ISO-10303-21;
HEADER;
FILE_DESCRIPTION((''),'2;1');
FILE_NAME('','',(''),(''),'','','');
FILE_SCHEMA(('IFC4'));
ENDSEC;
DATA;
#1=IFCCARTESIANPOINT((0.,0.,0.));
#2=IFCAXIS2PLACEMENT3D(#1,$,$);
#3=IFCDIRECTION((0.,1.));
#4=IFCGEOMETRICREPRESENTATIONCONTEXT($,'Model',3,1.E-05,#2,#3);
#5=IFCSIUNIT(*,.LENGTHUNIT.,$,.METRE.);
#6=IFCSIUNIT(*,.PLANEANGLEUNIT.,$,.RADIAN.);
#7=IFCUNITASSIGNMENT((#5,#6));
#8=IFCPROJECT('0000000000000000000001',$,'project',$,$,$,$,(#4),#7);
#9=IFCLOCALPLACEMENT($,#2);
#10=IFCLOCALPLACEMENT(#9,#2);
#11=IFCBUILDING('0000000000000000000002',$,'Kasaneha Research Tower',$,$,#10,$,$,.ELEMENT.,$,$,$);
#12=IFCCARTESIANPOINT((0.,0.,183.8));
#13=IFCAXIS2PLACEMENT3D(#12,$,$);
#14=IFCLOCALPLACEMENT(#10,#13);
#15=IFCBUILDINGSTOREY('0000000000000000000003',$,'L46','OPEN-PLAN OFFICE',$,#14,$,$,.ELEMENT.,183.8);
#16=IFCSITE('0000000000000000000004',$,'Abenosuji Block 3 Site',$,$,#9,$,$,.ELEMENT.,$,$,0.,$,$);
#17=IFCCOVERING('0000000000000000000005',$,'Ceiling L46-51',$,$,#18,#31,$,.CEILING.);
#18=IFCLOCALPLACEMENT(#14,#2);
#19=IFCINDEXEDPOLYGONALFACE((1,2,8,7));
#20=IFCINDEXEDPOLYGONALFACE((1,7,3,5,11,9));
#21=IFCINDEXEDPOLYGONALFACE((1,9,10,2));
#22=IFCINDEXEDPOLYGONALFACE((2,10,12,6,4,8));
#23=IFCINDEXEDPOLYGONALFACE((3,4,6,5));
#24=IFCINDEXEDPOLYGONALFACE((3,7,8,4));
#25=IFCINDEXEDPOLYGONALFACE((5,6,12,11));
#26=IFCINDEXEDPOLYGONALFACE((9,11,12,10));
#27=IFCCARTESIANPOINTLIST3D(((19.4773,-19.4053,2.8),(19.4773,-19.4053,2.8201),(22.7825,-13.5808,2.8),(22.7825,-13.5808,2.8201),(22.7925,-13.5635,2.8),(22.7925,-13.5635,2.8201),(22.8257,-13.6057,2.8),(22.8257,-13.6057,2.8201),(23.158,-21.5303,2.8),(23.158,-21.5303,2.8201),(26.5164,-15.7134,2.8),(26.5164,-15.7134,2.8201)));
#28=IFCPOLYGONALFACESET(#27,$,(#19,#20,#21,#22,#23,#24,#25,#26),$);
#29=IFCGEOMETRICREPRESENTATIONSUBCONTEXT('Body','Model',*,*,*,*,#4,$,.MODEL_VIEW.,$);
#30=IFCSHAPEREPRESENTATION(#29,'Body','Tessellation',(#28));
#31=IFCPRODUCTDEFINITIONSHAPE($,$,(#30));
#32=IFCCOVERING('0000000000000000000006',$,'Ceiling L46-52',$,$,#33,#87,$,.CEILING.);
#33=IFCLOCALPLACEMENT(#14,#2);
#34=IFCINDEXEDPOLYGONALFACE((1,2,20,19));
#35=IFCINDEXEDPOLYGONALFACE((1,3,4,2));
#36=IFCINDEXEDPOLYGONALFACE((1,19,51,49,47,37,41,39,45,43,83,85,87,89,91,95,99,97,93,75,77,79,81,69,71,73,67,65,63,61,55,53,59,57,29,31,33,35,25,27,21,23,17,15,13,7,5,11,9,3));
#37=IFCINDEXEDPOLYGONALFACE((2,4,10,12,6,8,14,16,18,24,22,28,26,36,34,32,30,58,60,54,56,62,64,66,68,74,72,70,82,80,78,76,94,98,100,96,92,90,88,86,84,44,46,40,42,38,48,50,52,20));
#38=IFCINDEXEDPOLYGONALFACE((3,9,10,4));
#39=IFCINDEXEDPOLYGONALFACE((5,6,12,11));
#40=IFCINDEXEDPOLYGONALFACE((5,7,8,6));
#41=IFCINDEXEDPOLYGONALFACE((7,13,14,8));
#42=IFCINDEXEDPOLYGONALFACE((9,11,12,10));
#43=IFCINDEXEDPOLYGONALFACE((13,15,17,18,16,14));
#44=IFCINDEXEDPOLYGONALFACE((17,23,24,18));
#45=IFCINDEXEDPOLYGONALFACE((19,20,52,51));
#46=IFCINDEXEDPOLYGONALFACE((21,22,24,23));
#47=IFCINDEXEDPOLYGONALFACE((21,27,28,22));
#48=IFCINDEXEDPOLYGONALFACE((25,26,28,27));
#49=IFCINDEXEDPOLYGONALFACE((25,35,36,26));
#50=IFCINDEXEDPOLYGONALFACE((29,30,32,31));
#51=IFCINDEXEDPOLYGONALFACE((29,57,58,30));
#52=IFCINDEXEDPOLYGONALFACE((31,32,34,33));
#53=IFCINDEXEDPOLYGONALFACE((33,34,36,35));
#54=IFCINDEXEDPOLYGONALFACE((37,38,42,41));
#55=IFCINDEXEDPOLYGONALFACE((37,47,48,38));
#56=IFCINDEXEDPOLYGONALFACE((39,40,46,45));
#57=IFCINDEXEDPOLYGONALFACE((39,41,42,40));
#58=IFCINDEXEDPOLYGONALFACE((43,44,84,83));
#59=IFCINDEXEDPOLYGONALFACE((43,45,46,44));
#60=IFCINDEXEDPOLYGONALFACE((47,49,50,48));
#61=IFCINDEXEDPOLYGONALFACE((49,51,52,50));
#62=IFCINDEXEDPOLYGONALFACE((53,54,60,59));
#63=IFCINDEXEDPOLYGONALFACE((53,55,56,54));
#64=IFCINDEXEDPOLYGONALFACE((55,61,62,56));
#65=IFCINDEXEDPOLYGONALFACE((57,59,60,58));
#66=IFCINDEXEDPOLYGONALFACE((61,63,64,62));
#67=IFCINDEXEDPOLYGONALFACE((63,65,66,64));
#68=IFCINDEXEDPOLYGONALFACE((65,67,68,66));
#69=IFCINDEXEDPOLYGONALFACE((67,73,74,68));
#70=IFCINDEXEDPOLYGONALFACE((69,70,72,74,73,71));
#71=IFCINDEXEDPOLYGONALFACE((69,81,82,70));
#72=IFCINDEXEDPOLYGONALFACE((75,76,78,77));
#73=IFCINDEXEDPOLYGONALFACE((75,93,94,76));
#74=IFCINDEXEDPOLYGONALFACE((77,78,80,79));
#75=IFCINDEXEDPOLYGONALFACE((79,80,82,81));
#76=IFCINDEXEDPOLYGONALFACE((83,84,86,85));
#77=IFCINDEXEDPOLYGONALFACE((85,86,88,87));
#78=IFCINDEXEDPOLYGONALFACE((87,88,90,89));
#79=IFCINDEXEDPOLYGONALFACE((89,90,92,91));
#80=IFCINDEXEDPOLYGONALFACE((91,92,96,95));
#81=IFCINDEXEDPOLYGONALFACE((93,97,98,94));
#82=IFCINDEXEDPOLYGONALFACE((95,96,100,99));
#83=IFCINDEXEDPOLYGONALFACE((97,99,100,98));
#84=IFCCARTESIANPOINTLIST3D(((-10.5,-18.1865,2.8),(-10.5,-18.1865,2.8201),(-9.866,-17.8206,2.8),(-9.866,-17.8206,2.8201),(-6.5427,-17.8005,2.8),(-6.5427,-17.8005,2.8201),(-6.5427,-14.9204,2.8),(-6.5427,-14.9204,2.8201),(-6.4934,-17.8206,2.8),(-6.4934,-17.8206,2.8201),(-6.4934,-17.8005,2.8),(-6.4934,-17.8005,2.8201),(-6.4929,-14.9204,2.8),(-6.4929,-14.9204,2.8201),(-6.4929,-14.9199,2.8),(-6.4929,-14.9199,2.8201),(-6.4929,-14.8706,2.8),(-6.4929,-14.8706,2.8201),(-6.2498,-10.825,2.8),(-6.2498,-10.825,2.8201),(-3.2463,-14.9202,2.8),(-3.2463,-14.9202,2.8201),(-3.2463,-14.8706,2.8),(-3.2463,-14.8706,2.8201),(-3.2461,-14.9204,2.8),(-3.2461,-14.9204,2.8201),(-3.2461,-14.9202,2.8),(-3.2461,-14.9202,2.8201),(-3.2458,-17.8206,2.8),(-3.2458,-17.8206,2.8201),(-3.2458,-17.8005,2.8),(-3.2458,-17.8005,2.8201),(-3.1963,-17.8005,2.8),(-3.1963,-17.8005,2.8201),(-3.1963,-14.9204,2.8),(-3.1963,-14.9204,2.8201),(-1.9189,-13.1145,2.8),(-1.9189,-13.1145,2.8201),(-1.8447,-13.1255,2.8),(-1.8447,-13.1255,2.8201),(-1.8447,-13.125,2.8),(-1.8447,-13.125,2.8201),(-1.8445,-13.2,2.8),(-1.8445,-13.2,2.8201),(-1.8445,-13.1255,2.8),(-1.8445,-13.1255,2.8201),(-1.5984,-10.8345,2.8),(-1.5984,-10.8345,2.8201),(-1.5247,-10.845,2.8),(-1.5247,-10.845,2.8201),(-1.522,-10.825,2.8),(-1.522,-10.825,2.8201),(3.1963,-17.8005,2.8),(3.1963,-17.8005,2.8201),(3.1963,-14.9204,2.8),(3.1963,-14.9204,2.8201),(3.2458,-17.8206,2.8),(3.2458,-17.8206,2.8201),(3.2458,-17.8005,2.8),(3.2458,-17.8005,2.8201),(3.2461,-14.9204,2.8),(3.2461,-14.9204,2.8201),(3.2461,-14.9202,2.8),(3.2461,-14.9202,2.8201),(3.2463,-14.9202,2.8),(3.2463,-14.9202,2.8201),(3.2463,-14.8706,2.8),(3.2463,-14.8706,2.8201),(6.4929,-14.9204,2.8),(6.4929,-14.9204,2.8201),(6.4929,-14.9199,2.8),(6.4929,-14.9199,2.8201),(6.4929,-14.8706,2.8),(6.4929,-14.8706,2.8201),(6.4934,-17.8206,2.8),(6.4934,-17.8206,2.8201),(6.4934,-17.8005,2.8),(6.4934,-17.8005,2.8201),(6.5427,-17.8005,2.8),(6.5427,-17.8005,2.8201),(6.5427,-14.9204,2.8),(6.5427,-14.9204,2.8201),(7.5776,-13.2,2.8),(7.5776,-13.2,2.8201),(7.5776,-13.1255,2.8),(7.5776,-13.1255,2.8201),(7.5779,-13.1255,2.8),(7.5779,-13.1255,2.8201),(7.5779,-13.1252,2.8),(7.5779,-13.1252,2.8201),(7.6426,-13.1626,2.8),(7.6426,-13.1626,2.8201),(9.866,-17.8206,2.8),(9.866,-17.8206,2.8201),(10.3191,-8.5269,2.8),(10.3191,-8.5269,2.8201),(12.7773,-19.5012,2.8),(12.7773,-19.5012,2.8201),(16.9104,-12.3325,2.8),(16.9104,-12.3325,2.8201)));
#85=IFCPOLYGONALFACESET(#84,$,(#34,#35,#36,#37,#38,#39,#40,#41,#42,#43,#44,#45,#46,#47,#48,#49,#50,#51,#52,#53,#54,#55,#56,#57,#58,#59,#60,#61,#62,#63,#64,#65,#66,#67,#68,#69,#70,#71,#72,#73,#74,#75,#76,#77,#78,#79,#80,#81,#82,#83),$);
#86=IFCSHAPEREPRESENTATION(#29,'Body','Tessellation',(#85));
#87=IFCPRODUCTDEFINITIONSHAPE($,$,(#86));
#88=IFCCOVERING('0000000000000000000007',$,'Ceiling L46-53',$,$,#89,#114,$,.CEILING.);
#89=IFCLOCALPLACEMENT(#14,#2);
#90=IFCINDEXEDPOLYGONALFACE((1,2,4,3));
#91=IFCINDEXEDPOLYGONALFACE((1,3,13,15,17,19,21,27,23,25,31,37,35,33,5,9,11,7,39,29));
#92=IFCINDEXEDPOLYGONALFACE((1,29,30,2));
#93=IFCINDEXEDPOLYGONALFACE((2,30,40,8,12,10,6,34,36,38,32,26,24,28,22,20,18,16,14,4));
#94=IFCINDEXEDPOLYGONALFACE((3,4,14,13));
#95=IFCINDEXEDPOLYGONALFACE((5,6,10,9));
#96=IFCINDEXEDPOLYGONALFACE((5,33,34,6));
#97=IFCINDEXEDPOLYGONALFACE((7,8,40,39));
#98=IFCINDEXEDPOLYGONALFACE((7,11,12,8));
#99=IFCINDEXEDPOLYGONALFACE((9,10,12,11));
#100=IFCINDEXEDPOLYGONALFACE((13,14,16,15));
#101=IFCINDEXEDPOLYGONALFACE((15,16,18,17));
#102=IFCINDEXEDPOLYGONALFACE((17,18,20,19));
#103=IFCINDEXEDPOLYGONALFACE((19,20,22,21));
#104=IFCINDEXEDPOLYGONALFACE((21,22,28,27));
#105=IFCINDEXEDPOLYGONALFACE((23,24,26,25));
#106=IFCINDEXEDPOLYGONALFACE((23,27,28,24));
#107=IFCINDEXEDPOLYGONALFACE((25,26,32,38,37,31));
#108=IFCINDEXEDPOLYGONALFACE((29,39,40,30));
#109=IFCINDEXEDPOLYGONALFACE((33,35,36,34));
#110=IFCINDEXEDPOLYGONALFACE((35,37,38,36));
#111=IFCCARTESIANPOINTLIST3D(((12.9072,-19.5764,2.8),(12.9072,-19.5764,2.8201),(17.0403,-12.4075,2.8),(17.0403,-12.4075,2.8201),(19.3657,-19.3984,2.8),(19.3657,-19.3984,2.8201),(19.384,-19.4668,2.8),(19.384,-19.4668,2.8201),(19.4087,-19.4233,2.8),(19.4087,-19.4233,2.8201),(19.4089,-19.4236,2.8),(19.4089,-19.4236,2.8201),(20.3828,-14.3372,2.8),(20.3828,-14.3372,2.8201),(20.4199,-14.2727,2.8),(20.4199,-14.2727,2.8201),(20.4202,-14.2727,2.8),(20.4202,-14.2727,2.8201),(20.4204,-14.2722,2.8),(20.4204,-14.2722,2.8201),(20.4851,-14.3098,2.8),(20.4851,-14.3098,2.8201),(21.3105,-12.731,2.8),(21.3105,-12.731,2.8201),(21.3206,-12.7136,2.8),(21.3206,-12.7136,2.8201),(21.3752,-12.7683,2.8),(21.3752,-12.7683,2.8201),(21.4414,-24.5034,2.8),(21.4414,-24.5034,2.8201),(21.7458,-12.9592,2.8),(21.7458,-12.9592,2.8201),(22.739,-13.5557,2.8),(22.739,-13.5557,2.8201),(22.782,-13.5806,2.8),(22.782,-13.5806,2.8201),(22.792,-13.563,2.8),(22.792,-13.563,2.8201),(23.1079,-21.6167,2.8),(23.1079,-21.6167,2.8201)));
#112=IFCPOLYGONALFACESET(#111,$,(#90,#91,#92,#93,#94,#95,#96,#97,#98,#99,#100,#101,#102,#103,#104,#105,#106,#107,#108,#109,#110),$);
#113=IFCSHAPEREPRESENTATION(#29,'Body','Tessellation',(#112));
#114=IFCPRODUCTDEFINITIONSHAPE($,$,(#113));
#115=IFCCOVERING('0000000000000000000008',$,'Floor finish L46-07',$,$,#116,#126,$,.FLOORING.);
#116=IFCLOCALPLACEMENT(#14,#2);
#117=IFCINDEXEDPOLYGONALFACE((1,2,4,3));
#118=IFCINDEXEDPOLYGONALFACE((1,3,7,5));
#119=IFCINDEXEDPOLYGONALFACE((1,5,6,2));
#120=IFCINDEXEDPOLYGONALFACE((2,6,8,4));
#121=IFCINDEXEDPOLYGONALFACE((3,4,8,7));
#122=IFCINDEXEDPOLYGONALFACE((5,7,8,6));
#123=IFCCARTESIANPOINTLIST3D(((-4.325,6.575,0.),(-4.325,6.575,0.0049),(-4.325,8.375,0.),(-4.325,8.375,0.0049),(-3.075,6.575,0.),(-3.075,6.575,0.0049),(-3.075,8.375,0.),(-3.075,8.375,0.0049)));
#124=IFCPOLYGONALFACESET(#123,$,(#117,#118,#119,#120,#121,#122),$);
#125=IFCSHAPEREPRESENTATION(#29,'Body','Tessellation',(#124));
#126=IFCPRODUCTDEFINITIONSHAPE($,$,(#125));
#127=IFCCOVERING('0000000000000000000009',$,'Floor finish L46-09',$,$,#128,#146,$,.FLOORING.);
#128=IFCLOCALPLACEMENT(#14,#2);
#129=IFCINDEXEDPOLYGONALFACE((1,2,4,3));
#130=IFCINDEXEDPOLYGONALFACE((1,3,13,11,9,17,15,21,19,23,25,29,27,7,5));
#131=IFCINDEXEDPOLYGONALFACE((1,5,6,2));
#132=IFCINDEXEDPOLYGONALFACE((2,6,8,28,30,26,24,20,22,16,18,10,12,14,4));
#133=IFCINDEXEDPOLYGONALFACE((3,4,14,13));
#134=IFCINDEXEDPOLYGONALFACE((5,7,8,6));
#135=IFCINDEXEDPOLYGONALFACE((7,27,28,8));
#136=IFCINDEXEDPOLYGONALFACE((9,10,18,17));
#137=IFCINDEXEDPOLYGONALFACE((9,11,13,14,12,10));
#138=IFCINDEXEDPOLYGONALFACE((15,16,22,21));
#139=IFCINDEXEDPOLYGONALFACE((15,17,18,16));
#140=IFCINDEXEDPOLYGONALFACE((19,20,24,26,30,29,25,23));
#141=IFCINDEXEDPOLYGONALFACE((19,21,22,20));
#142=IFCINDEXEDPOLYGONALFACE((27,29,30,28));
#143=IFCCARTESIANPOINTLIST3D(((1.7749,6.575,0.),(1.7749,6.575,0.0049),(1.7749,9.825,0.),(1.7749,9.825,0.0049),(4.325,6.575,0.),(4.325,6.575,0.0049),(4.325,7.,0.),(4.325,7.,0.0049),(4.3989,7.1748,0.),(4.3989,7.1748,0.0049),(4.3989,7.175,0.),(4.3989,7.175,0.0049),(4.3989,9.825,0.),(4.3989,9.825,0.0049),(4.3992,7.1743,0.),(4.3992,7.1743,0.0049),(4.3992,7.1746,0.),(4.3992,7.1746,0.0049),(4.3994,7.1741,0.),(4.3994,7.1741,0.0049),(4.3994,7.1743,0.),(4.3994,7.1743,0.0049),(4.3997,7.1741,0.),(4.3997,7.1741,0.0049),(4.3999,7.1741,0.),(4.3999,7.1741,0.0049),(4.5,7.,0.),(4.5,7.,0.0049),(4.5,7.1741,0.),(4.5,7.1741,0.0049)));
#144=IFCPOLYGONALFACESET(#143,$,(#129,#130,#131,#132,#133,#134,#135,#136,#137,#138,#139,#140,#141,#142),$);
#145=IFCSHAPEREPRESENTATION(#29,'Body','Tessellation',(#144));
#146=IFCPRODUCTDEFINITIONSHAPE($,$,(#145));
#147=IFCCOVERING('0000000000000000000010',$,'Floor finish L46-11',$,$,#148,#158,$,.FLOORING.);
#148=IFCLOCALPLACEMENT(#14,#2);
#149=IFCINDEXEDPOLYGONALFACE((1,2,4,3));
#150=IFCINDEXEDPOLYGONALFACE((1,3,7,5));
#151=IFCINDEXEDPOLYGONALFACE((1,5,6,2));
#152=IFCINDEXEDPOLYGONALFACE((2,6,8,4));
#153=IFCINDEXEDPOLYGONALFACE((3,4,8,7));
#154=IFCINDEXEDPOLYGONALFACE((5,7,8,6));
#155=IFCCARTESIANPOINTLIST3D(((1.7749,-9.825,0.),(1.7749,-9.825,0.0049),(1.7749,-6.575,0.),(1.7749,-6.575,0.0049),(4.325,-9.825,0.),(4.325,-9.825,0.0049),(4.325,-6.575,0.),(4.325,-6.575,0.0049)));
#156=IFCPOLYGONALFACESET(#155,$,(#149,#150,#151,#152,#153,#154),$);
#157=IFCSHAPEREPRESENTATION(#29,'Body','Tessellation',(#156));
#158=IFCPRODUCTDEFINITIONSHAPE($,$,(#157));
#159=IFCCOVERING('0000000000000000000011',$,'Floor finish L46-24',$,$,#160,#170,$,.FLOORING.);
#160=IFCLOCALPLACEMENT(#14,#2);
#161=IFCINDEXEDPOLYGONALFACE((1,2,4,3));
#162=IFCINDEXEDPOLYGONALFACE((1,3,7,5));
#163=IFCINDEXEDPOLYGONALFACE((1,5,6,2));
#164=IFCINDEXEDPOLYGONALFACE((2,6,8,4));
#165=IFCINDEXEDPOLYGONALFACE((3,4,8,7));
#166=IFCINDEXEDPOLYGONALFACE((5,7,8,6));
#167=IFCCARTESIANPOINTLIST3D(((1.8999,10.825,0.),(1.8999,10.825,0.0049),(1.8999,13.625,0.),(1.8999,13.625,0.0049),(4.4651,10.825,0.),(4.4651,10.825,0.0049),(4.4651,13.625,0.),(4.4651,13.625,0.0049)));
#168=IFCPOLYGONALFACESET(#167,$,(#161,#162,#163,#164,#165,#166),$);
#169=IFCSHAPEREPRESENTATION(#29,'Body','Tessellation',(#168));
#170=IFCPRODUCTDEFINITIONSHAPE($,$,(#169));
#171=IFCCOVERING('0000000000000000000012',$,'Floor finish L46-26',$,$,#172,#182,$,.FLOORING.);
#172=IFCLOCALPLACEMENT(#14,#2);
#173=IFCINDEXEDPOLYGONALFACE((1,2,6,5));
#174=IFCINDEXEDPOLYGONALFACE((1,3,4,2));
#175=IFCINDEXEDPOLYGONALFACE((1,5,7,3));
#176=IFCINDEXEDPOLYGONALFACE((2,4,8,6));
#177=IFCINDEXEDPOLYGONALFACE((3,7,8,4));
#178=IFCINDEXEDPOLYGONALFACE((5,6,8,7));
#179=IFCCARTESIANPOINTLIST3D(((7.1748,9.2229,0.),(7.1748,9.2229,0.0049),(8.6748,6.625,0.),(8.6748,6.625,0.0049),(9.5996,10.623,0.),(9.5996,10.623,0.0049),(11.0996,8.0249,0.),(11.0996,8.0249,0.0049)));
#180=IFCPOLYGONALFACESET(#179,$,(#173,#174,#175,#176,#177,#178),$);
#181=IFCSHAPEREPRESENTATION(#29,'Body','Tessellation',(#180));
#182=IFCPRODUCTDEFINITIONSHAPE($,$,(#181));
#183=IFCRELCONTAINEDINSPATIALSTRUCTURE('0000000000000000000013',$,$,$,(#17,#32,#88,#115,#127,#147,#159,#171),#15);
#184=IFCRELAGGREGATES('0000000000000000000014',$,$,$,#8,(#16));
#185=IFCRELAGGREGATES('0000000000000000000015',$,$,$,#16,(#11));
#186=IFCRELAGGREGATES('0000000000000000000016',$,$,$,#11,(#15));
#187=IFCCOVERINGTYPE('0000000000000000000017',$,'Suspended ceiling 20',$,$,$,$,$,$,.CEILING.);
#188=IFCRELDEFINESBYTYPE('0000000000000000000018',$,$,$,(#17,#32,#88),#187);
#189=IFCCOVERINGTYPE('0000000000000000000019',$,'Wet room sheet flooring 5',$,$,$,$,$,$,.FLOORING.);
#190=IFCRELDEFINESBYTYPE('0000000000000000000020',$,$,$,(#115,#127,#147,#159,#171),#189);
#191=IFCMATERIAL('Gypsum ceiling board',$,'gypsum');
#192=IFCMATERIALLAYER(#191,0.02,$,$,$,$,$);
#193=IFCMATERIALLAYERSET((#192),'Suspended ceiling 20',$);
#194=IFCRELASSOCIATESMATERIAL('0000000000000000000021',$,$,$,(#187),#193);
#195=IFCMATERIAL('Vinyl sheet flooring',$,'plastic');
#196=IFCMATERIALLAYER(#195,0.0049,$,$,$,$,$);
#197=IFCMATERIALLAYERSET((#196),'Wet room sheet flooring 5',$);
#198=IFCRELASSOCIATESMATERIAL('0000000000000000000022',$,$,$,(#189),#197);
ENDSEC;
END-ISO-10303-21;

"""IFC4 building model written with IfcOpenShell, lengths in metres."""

from ifc_helpers import new_model, si_unit, direction, frame, origin, place, context, subcontext, project, spatial, polyline, outline, extrude, material, layer, layer_set, type_object, element, save


model = new_model("IFC4")

# Units and contexts
model_context = context("Model", 3, precision=1e-05, world=origin(), true_north=direction((0.0, 1.0)))
body_context = subcontext(model_context, "Body", "Model", "MODEL_VIEW")
ifc_project = project(units=[si_unit("LENGTHUNIT", "METRE"), si_unit("PLANEANGLEUNIT", "RADIAN")], contexts=[model_context])

# Site, building, storey
site_placement = place(None, origin())
site = spatial("IfcSite", under=ifc_project, at=site_placement, Name="Abenosuji Block 3 Site", CompositionType="ELEMENT", RefElevation=0.0)
building_placement = place(site_placement, origin())
building = spatial("IfcBuilding", under=site, at=building_placement, Name="Kasaneha Research Tower", CompositionType="ELEMENT")
storey_placement = place(building_placement, frame((0.0, 0.0, 183.8)))
storey = spatial("IfcBuildingStorey", under=building, at=storey_placement, Name="L46", Description="OPEN-PLAN OFFICE", CompositionType="ELEMENT", Elevation=183.8)

# Coverings
ifc_material_1 = material(Name="Gypsum ceiling board", Category="gypsum")
ifc_layer_1 = layer(ifc_material_1, 0.02)
ifc_layer_set_1 = layer_set([ifc_layer_1], Name="Suspended ceiling 20")
covering_type_1 = type_object("IfcCoveringType", Name="Suspended ceiling 20", PredefinedType="CEILING", material=ifc_layer_set_1)
covering_1_placement = place(storey_placement, frame((0.0, 0.0, 2.8)))
element("IfcCovering", 1, at=covering_1_placement, inside=storey, type_object=covering_type_1, Name="Ceiling L46-51", PredefinedType="CEILING", context=body_context, shape_type="SweptSolid", body=[
    extrude(outline(polyline([(23.158, -21.5303), (19.4773, -19.4053), (22.8257, -13.6057), (22.7825, -13.5808), (22.7925, -13.5635), (26.5164, -15.7134), (23.158, -21.5303)])), origin(), (0.0, 0.0, 1.0), 0.02),
])
covering_2_placement = place(storey_placement, frame((0.0, 0.0, 2.8)))
element("IfcCovering", 2, at=covering_2_placement, inside=storey, type_object=covering_type_1, Name="Ceiling L46-52", PredefinedType="CEILING", context=body_context, shape_type="SweptSolid", body=[
    extrude(outline(polyline([(6.4929, -14.9199), (6.4929, -14.8706), (3.2463, -14.8706), (3.2463, -14.9202), (3.2461, -14.9202), (3.2461, -14.9204), (3.1963, -14.9204), (3.1963, -17.8005), (3.2458, -17.8005), (3.2458, -17.8206), (-3.2458, -17.8206), (-3.2458, -17.8005), (-3.1963, -17.8005), (-3.1963, -14.9204), (-3.2461, -14.9204), (-3.2461, -14.9202), (-3.2463, -14.9202), (-3.2463, -14.8706), (-6.4929, -14.8706), (-6.4929, -14.9199), (-6.4929, -14.9199), (-6.4929, -14.9204), (-6.5427, -14.9204), (-6.5427, -17.8005), (-6.4934, -17.8005), (-6.4934, -17.8206), (-9.866, -17.8206), (-10.5, -18.1865), (-6.2498, -10.825), (-1.522, -10.825), (-1.5247, -10.845), (-1.5984, -10.8345), (-1.9189, -13.1145), (-1.8447, -13.125), (-1.8447, -13.1255), (-1.8445, -13.1255), (-1.8445, -13.2), (7.5776, -13.2), (7.5776, -13.1255), (7.5779, -13.1255), (7.5779, -13.1252), (7.6426, -13.1626), (10.3191, -8.5269), (16.9104, -12.3325), (12.7773, -19.5012), (9.866, -17.8206), (6.4934, -17.8206), (6.4934, -17.8005), (6.5427, -17.8005), (6.5427, -14.9204), (6.4929, -14.9204), (6.4929, -14.9199), (6.4929, -14.9199)])), origin(), (0.0, 0.0, 1.0), 0.02),
])
covering_3_placement = place(storey_placement, frame((0.0, 0.0, 2.8)))
element("IfcCovering", 3, at=covering_3_placement, inside=storey, type_object=covering_type_1, Name="Ceiling L46-53", PredefinedType="CEILING", context=body_context, shape_type="SweptSolid", body=[
    extrude(outline(polyline([(20.4204, -14.2722), (20.4851, -14.3098), (21.3752, -12.7683), (21.3105, -12.731), (21.3206, -12.7136), (21.7458, -12.9592), (22.792, -13.563), (22.782, -13.5806), (22.739, -13.5557), (19.3657, -19.3984), (19.4087, -19.4233), (19.4087, -19.4233), (19.4089, -19.4236), (19.384, -19.4668), (23.1079, -21.6167), (21.4414, -24.5034), (12.9072, -19.5764), (17.0403, -12.4075), (20.3828, -14.3372), (20.4199, -14.2727), (20.4202, -14.2727), (20.4204, -14.2722)])), origin(), (0.0, 0.0, 1.0), 0.02),
])
ifc_material_2 = material(Name="Vinyl sheet flooring", Category="plastic")
ifc_layer_2 = layer(ifc_material_2, 0.0049)
ifc_layer_set_2 = layer_set([ifc_layer_2], Name="Wet room sheet flooring 5")
covering_type_2 = type_object("IfcCoveringType", Name="Wet room sheet flooring 5", PredefinedType="FLOORING", material=ifc_layer_set_2)
covering_4_placement = place(storey_placement, origin())
element("IfcCovering", 4, at=covering_4_placement, inside=storey, type_object=covering_type_2, Name="Floor finish L46-07", PredefinedType="FLOORING", context=body_context, shape_type="SweptSolid", body=[
    extrude(outline(polyline([(-4.325, 6.575), (-4.325, 8.375), (-3.075, 8.375), (-3.075, 6.575), (-4.325, 6.575)])), origin(), (0.0, 0.0, 1.0), 0.0049),
])
covering_5_placement = place(storey_placement, origin())
element("IfcCovering", 5, at=covering_5_placement, inside=storey, type_object=covering_type_2, Name="Floor finish L46-09", PredefinedType="FLOORING", context=body_context, shape_type="SweptSolid", body=[
    extrude(outline(polyline([(4.3989, 9.825), (4.3989, 7.175), (4.3989, 7.1748), (4.3989, 7.1748), (4.3989, 7.1748), (4.3992, 7.1746), (4.3992, 7.1746), (4.3992, 7.1746), (4.3992, 7.1743), (4.3992, 7.1743), (4.3994, 7.1743), (4.3994, 7.1741), (4.3994, 7.1741), (4.3997, 7.1741), (4.3997, 7.1741), (4.3999, 7.1741), (4.3999, 7.1741), (4.3999, 7.1741), (4.5, 7.1741), (4.5, 7.0), (4.325, 7.0), (4.325, 6.575), (1.7749, 6.575), (1.7749, 9.825), (4.3989, 9.825)])), origin(), (0.0, 0.0, 1.0), 0.0049),
])
covering_6_placement = place(storey_placement, origin())
element("IfcCovering", 6, at=covering_6_placement, inside=storey, type_object=covering_type_2, Name="Floor finish L46-11", PredefinedType="FLOORING", context=body_context, shape_type="SweptSolid", body=[
    extrude(outline(polyline([(1.7749, -9.825), (1.7749, -6.575), (4.325, -6.575), (4.325, -9.825), (1.7749, -9.825)])), origin(), (0.0, 0.0, 1.0), 0.0049),
])
covering_7_placement = place(storey_placement, origin())
element("IfcCovering", 7, at=covering_7_placement, inside=storey, type_object=covering_type_2, Name="Floor finish L46-24", PredefinedType="FLOORING", context=body_context, shape_type="SweptSolid", body=[
    extrude(outline(polyline([(4.4651, 13.625), (4.4651, 10.825), (1.8999, 10.825), (1.8999, 13.625), (4.4651, 13.625)])), origin(), (0.0, 0.0, 1.0), 0.0049),
])
covering_8_placement = place(storey_placement, origin())
element("IfcCovering", 8, at=covering_8_placement, inside=storey, type_object=covering_type_2, Name="Floor finish L46-26", PredefinedType="FLOORING", context=body_context, shape_type="SweptSolid", body=[
    extrude(outline(polyline([(11.0996, 8.0249), (8.6748, 6.625), (7.1748, 9.2229), (9.5996, 10.623), (11.0996, 8.0249)])), origin(), (0.0, 0.0, 1.0), 0.0049),
])

save(model, "model.ifc")
